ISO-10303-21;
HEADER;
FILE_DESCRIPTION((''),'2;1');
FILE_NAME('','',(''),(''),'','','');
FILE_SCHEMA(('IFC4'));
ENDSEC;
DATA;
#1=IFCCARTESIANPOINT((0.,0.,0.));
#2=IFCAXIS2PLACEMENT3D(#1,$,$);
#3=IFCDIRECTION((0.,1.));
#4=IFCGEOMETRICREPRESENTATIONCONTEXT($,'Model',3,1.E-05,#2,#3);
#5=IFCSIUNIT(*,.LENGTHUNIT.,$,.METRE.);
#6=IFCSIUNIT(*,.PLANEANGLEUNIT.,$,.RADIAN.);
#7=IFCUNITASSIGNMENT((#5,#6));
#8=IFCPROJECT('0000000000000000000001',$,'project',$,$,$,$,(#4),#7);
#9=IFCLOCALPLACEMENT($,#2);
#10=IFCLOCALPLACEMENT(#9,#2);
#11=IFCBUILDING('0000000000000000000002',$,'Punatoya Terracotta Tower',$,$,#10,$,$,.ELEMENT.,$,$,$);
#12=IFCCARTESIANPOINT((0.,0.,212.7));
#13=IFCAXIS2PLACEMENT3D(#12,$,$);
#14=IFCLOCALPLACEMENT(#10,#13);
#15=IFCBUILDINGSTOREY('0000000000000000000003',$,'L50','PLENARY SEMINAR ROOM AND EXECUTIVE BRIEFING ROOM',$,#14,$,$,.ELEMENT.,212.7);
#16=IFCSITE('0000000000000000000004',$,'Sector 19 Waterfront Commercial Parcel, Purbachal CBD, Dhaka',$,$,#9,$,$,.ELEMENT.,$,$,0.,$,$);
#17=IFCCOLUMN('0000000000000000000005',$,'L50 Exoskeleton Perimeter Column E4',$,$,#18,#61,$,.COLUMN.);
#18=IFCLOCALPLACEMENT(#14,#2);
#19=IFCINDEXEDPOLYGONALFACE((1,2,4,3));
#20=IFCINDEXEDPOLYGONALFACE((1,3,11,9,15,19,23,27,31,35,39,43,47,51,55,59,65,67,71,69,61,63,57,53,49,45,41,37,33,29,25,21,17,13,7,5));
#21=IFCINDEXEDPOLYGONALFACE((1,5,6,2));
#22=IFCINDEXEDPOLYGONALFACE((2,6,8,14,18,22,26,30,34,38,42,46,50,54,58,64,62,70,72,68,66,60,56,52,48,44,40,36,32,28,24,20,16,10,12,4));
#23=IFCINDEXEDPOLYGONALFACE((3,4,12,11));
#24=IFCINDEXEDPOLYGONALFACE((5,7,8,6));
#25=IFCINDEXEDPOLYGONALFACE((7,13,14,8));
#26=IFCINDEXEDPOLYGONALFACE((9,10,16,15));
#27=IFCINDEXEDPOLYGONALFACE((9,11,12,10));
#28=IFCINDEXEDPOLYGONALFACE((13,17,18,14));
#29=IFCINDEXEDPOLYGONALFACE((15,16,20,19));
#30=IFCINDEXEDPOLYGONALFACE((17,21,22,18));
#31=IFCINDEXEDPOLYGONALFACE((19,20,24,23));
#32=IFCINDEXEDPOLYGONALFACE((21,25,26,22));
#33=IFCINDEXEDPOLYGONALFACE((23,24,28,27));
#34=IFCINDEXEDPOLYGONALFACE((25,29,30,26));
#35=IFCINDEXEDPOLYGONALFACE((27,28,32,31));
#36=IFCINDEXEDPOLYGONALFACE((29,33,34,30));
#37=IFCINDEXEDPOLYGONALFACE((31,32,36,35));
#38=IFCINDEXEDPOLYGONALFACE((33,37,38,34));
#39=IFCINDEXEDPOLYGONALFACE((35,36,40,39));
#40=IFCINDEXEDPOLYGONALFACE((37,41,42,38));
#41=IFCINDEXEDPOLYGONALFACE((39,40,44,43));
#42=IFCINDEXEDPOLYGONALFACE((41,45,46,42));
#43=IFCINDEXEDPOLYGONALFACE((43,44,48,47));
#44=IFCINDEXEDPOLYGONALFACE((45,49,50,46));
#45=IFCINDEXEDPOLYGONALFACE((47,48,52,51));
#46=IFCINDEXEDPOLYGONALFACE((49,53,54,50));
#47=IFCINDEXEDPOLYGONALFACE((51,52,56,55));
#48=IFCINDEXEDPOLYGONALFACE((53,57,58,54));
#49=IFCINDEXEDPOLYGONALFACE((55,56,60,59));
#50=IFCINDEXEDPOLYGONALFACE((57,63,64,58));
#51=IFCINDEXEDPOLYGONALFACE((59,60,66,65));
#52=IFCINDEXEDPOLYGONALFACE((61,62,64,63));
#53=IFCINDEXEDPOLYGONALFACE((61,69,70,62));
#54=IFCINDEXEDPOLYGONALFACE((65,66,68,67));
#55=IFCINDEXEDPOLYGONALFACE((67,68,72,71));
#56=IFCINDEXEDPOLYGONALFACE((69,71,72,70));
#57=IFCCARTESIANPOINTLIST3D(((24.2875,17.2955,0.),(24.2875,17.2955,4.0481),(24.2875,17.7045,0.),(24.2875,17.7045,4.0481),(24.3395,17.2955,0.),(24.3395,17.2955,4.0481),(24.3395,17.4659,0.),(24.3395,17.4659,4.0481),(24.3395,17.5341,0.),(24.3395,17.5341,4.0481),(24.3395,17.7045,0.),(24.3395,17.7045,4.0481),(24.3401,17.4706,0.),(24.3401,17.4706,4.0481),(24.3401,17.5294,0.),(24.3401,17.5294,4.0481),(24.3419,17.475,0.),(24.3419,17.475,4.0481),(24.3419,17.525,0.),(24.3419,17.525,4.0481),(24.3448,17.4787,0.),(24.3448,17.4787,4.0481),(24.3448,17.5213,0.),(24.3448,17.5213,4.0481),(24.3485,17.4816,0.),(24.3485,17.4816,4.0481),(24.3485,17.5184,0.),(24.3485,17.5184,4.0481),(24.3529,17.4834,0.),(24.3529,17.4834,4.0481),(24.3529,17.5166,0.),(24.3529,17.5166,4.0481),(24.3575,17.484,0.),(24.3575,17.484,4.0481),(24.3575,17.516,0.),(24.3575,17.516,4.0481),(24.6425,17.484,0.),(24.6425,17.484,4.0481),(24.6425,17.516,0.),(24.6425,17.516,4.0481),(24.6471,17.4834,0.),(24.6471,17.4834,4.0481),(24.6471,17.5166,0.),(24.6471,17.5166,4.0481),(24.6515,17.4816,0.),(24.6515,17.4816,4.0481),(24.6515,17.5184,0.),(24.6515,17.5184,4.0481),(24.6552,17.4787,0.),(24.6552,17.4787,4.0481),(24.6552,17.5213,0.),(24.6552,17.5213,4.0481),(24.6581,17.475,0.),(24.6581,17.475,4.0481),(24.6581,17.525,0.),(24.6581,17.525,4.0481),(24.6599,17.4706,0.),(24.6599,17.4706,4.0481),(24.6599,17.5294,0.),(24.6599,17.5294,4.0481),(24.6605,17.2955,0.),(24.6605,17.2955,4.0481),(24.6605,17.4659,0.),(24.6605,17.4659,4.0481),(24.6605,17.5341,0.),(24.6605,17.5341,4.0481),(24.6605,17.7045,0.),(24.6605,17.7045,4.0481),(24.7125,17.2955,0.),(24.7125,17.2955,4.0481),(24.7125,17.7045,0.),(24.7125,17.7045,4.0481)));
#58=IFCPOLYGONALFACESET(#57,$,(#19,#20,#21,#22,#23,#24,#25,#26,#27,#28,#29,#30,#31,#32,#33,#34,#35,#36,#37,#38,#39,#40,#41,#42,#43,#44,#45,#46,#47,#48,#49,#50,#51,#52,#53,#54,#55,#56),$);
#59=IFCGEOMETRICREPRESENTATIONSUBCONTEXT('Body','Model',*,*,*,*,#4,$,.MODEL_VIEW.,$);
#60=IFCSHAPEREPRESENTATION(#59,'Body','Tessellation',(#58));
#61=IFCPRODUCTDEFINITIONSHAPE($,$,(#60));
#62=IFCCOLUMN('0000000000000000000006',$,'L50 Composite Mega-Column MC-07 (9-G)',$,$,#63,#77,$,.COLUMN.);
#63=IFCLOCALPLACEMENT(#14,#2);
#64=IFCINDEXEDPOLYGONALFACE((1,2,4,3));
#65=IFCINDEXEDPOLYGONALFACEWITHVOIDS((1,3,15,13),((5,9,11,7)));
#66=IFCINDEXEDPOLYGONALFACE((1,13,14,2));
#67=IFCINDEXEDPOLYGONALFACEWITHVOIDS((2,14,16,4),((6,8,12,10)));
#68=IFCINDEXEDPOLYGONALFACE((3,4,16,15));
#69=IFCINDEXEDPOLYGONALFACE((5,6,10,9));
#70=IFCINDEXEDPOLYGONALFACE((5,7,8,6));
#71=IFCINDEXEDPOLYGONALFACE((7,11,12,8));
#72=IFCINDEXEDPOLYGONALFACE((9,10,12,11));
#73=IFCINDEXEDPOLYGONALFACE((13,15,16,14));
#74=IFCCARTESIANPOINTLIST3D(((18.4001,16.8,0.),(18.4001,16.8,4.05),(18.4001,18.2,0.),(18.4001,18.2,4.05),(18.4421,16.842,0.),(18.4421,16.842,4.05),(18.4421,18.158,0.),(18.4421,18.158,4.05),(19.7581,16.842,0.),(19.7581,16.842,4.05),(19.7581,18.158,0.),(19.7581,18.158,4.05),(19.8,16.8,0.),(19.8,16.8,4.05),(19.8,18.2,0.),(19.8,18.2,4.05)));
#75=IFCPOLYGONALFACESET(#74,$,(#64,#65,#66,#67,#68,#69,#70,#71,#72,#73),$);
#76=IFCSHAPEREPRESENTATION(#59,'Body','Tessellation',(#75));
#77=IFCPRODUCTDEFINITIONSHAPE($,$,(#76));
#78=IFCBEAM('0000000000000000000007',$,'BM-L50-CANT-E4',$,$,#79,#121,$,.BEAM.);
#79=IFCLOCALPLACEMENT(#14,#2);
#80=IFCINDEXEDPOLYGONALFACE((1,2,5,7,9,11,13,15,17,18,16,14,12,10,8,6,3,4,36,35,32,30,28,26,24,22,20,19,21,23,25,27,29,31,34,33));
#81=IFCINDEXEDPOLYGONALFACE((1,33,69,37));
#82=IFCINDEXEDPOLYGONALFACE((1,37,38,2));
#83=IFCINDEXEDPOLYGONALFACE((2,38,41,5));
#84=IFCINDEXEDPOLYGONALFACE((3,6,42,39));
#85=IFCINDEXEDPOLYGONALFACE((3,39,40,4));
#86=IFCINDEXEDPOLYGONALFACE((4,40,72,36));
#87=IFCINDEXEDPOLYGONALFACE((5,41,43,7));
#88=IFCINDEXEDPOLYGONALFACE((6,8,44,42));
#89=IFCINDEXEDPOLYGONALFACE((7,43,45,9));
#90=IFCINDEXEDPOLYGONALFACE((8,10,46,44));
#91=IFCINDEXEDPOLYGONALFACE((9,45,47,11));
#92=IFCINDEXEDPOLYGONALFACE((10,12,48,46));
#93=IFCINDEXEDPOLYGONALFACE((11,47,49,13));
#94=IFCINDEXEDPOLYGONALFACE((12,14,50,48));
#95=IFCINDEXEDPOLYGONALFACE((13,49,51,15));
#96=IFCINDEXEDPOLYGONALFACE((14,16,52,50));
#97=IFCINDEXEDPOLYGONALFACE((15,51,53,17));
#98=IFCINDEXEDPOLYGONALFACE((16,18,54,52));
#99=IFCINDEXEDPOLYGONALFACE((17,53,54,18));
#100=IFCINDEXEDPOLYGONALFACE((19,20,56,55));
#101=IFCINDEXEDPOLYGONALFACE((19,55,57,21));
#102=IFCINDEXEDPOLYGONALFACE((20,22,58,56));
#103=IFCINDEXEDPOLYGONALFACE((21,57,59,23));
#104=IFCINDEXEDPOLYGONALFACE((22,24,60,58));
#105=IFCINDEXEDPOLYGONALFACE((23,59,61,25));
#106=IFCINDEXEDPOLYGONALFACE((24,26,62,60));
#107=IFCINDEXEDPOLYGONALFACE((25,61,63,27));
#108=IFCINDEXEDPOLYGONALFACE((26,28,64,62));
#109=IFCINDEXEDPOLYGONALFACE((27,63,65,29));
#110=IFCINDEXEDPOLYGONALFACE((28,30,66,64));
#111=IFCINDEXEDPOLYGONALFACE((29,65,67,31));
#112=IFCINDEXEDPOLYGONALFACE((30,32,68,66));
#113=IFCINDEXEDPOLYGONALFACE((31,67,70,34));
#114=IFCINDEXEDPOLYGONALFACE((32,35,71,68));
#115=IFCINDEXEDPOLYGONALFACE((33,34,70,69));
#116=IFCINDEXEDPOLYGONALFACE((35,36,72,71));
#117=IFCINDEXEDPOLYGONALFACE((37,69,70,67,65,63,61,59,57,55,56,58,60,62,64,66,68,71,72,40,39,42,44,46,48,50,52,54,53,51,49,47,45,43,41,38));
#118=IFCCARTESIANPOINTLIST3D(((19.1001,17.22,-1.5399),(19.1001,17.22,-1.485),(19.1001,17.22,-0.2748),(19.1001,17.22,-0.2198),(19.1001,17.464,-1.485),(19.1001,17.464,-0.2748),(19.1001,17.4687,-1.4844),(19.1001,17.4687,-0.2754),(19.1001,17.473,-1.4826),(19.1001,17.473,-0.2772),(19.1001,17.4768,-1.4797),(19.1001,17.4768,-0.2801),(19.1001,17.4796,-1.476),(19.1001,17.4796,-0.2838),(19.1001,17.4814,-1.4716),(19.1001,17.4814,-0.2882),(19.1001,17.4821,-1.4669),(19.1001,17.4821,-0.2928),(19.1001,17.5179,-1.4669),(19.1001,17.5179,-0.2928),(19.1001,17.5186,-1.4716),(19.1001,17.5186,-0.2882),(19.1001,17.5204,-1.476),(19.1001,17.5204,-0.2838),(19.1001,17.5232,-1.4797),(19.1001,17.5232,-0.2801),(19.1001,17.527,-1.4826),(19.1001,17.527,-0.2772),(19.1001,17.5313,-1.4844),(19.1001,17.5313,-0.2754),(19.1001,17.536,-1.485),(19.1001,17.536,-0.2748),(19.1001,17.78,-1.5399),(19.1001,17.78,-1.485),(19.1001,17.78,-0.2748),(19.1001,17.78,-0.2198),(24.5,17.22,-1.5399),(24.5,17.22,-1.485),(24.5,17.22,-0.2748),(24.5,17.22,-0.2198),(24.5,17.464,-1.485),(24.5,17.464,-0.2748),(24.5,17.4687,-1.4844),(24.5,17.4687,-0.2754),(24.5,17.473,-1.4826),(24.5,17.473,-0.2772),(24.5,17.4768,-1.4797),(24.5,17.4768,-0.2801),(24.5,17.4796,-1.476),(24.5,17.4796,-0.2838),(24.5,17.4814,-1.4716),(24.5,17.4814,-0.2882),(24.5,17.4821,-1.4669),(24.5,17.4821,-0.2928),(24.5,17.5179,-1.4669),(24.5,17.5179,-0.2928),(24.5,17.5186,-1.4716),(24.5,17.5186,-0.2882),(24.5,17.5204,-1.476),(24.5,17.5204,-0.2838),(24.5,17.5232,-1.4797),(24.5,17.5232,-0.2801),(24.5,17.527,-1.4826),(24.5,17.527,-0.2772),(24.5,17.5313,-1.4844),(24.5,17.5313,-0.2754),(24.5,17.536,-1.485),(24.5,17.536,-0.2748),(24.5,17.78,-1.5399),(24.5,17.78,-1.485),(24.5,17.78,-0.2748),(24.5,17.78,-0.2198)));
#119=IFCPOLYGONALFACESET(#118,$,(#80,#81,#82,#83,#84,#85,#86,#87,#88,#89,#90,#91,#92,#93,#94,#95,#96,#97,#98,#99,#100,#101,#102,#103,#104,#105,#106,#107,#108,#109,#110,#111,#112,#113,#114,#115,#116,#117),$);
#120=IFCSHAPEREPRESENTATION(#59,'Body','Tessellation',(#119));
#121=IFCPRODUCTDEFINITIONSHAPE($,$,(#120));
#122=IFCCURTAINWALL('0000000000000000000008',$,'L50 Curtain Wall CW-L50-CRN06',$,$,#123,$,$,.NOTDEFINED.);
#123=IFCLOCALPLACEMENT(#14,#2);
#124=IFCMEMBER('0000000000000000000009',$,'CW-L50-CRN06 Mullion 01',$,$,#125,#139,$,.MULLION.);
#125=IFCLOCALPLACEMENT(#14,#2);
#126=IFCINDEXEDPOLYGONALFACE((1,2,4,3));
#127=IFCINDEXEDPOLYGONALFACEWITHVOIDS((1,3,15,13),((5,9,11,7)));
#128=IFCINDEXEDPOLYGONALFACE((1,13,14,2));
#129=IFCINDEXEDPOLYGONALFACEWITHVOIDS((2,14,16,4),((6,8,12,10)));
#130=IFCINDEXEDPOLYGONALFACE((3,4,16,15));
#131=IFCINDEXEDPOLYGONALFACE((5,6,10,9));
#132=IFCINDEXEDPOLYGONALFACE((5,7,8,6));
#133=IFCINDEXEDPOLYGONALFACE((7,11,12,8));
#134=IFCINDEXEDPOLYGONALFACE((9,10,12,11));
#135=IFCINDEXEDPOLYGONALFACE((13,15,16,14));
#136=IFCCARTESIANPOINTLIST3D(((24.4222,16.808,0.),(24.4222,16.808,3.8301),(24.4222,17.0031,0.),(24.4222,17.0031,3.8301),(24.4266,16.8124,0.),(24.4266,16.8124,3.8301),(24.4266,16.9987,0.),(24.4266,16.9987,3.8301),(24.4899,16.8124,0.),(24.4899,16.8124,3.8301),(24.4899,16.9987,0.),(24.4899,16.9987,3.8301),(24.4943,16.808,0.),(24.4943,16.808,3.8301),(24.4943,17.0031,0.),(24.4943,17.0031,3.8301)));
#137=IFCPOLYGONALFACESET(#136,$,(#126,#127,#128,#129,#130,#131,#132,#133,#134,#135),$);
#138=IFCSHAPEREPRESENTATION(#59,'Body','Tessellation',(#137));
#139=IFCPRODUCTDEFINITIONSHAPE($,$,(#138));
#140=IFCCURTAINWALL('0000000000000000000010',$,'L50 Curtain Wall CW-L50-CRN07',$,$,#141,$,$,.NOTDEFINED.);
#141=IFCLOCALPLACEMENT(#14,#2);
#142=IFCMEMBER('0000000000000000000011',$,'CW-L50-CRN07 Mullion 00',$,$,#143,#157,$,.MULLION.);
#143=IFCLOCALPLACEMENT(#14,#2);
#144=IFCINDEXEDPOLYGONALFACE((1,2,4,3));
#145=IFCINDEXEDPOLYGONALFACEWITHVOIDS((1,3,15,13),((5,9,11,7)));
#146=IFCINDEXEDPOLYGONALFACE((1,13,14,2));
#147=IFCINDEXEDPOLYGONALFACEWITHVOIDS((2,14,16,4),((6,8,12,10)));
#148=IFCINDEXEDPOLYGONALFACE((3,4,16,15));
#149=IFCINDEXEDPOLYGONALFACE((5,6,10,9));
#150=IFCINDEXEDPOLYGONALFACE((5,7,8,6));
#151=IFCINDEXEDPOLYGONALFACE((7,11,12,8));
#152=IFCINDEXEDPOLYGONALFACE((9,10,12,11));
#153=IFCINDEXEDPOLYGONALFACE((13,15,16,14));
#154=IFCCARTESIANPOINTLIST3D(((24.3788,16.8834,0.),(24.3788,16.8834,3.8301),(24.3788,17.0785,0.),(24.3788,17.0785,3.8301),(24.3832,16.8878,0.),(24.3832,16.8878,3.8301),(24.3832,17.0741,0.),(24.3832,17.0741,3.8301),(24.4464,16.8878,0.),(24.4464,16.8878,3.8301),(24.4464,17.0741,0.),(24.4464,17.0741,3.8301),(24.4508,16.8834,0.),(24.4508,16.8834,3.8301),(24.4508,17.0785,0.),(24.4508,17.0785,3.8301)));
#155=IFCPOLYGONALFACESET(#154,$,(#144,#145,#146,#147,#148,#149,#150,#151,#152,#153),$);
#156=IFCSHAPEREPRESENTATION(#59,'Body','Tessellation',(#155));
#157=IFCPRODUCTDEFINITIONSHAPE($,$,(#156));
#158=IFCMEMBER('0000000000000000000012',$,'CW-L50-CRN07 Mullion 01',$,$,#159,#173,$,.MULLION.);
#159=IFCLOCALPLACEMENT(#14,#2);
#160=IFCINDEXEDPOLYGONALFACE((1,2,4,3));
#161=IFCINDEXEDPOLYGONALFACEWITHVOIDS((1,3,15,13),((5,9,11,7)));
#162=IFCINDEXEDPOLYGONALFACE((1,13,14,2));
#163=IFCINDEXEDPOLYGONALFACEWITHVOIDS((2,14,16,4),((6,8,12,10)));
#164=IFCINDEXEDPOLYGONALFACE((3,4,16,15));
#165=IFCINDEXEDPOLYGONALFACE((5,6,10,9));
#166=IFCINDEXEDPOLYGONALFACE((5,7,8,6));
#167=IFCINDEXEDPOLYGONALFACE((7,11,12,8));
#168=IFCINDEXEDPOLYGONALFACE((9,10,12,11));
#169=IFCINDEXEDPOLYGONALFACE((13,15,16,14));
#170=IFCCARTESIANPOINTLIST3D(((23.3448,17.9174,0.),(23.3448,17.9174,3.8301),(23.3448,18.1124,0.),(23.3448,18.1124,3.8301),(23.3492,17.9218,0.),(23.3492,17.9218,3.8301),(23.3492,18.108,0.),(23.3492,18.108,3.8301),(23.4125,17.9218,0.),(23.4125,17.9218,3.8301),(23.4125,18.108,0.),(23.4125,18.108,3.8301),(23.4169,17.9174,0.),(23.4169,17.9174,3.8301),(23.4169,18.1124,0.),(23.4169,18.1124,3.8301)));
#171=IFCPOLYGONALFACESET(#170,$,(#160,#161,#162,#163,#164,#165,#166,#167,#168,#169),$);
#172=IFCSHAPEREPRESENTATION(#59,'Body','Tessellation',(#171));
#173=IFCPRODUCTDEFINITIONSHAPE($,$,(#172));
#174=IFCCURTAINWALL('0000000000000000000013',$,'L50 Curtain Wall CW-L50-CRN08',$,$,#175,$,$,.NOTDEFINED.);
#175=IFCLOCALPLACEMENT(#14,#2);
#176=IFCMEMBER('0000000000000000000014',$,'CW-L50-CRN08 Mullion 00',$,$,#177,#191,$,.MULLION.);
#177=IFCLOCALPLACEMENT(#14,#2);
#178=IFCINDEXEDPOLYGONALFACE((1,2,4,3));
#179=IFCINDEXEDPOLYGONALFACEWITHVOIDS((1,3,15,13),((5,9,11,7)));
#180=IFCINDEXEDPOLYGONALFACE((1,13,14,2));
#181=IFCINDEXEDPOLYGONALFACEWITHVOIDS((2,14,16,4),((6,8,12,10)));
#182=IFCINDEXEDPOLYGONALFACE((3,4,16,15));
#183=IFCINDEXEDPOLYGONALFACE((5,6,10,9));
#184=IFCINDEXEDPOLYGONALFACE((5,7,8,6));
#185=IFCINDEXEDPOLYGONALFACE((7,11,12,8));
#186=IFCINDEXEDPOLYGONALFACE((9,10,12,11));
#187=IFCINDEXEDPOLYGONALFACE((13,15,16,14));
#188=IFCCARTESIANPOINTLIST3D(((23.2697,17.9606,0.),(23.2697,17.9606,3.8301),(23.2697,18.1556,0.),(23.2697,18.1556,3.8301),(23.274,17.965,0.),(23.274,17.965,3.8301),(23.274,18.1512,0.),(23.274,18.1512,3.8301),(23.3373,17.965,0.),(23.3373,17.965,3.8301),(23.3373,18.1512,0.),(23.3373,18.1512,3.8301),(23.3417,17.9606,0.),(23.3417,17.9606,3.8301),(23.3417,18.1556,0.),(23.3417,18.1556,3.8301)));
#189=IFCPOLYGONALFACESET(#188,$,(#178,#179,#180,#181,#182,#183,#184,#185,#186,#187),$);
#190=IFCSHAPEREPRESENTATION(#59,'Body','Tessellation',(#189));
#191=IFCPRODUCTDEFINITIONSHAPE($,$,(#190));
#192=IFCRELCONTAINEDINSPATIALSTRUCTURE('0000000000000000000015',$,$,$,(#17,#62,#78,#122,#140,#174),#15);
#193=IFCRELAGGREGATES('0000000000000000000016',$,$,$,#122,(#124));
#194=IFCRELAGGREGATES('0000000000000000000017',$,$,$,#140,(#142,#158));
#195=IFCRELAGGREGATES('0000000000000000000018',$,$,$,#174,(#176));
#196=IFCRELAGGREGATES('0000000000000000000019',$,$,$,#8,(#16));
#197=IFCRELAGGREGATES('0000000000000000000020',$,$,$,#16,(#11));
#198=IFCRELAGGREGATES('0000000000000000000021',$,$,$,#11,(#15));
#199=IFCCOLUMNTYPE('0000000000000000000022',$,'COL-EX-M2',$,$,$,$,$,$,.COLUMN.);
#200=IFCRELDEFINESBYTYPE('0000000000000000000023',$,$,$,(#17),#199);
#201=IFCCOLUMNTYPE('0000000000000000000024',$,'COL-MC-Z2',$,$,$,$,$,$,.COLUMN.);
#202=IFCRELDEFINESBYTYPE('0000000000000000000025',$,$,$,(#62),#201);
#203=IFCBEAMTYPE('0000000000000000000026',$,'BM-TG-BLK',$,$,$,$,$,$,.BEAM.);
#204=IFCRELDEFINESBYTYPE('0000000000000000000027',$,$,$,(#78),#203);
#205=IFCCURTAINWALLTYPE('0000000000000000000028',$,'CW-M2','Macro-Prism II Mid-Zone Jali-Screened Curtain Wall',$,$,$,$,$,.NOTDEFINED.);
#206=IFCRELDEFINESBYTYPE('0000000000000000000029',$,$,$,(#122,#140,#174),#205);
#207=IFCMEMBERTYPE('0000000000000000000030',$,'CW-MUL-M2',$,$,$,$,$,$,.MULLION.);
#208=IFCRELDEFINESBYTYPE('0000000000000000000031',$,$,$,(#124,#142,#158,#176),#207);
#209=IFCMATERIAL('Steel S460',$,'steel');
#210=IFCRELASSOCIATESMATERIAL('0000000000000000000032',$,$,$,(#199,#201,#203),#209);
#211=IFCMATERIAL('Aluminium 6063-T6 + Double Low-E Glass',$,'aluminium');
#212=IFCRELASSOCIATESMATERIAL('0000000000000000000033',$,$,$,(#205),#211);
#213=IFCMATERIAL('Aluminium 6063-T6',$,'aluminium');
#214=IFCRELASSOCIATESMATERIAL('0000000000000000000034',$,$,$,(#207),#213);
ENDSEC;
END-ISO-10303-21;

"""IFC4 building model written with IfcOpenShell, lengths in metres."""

from ifc_helpers import new_model, si_unit, direction, frame, origin, origin_2d, place, context, subcontext, project, spatial, hollow_rectangle, i_section, extrude, material, material_profile, profile_set, type_object, element, aggregate, save


model = new_model("IFC4")

# Units and contexts
model_context = context("Model", 3, precision=1e-05, world=origin(), true_north=direction((0.0, 1.0)))
body_context = subcontext(model_context, "Body", "Model", "MODEL_VIEW")
ifc_project = project(units=[si_unit("LENGTHUNIT", "METRE"), si_unit("PLANEANGLEUNIT", "RADIAN")], contexts=[model_context])

# Site, building, storey
site_placement = place(None, origin())
site = spatial("IfcSite", under=ifc_project, at=site_placement, Name="Sector 19 Waterfront Commercial Parcel, Purbachal CBD, Dhaka", CompositionType="ELEMENT", RefElevation=0.0)
building_placement = place(site_placement, origin())
building = spatial("IfcBuilding", under=site, at=building_placement, Name="Punatoya Terracotta Tower", CompositionType="ELEMENT")
storey_placement = place(building_placement, frame((0.0, 0.0, 212.7)))
storey = spatial("IfcBuildingStorey", under=building, at=storey_placement, Name="L50", Description="PLENARY SEMINAR ROOM AND EXECUTIVE BRIEFING ROOM", CompositionType="ELEMENT", Elevation=212.7)

# Columns
ifc_material_1 = material(Name="Steel S460", Category="steel")
ifc_material_profile_1 = material_profile(ifc_material_1, i_section(OverallWidth=0.4089, OverallDepth=0.425, WebThickness=0.032, FlangeThickness=0.052, FilletRadius=0.0181, at=origin_2d()))
ifc_profile_set_1 = profile_set([ifc_material_profile_1], Name="Steel S460")
column_type_1 = type_object("IfcColumnType", Name="COL-EX-M2", PredefinedType="COLUMN", material=ifc_profile_set_1)
column_1_placement = place(storey_placement, frame((24.5, 17.5, 0.0), z_axis=(0.0, 0.0, 1.0), x_axis=(0.0, 1.0, 0.0)))
element("IfcColumn", 1, at=column_1_placement, inside=storey, type_object=column_type_1, Name="L50 Exoskeleton Perimeter Column E4", PredefinedType="COLUMN", context=body_context, shape_type="SweptSolid", body=[
    extrude(i_section(OverallWidth=0.4089, OverallDepth=0.425, WebThickness=0.032, FlangeThickness=0.052, FilletRadius=0.0181, at=origin_2d()), origin(), (0.0, 0.0, 1.0), 4.0481),
])
ifc_material_profile_2 = material_profile(ifc_material_1, hollow_rectangle(XDim=1.3999, YDim=1.3999, WallThickness=0.042, at=origin_2d()))
ifc_profile_set_2 = profile_set([ifc_material_profile_2], Name="Steel S460")
column_type_2 = type_object("IfcColumnType", Name="COL-MC-Z2", PredefinedType="COLUMN", material=ifc_profile_set_2)
column_2_placement = place(storey_placement, frame((19.1001, 17.5, 0.0), z_axis=(0.0, 0.0, 1.0), x_axis=(1.0, 0.0, 0.0)))
element("IfcColumn", 2, at=column_2_placement, inside=storey, type_object=column_type_2, Name="L50 Composite Mega-Column MC-07 (9-G)", PredefinedType="COLUMN", context=body_context, shape_type="SweptSolid", body=[
    extrude(hollow_rectangle(XDim=1.3999, YDim=1.3999, WallThickness=0.042, at=origin_2d()), origin(), (0.0, 0.0, 1.0), 4.05),
])

# Beam
ifc_material_profile_3 = material_profile(ifc_material_1, i_section(OverallWidth=0.5601, OverallDepth=1.3201, WebThickness=0.0359, FlangeThickness=0.0549, FilletRadius=0.0181, at=origin_2d()))
ifc_profile_set_3 = profile_set([ifc_material_profile_3], Name="Steel S460")
beam_type = type_object("IfcBeamType", Name="BM-TG-BLK", PredefinedType="BEAM", material=ifc_profile_set_3)
beam_placement = place(storey_placement, frame((19.1001, 17.5, -0.8799), z_axis=(1.0, 0.0, 0.0), x_axis=(0.0, 1.0, 0.0)))
element("IfcBeam", 3, at=beam_placement, inside=storey, type_object=beam_type, Name="BM-L50-CANT-E4", PredefinedType="BEAM", context=body_context, shape_type="SweptSolid", body=[
    extrude(i_section(OverallWidth=0.5601, OverallDepth=1.3201, WebThickness=0.0359, FlangeThickness=0.0549, FilletRadius=0.0181, at=origin_2d()), origin(), (0.0, 0.0, 1.0), 5.3999),
])

# Curtain wall, member
ifc_material_2 = material(Name="Aluminium 6063-T6 + Double Low-E Glass", Category="aluminium")
curtain_wall_type = type_object("IfcCurtainWallType", Name="CW-M2", Description="Macro-Prism II Mid-Zone Jali-Screened Curtain Wall", PredefinedType="NOTDEFINED", material=ifc_material_2)
curtain_wall_1_placement = place(storey_placement, origin())
curtain_wall_1 = element("IfcCurtainWall", 4, at=curtain_wall_1_placement, inside=storey, type_object=curtain_wall_type, Name="L50 Curtain Wall CW-L50-CRN06", PredefinedType="NOTDEFINED")
ifc_material_3 = material(Name="Aluminium 6063-T6", Category="aluminium")
ifc_material_profile_4 = material_profile(ifc_material_3, hollow_rectangle(XDim=0.072, YDim=0.1951, WallThickness=0.0044, at=origin_2d()))
ifc_profile_set_4 = profile_set([ifc_material_profile_4], Name="Aluminium 6063-T6")
member_type_1 = type_object("IfcMemberType", Name="CW-MUL-M2", PredefinedType="MULLION", material=ifc_profile_set_4)
member_1_placement = place(storey_placement, frame((24.4583, 16.9055, 0.0), z_axis=(0.0, 0.0, 1.0), x_axis=(1.0, 0.0, 0.0)))
member_1 = element("IfcMember", 5, at=member_1_placement, type_object=member_type_1, Name="CW-L50-CRN06 Mullion 01", PredefinedType="MULLION", context=body_context, shape_type="SweptSolid", body=[
    extrude(hollow_rectangle(XDim=0.072, YDim=0.1951, WallThickness=0.0044, at=origin_2d()), origin(), (0.0, 0.0, 1.0), 3.8301),
])
aggregate(curtain_wall_1, [member_1])

# Curtain walls, members
curtain_wall_2_placement = place(storey_placement, origin())
curtain_wall_2 = element("IfcCurtainWall", 6, at=curtain_wall_2_placement, inside=storey, type_object=curtain_wall_type, Name="L50 Curtain Wall CW-L50-CRN07", PredefinedType="NOTDEFINED")
member_2_placement = place(storey_placement, frame((24.4148, 16.981, 0.0), z_axis=(0.0, 0.0, 1.0), x_axis=(1.0, 0.0, 0.0)))
member_2 = element("IfcMember", 7, at=member_2_placement, type_object=member_type_1, Name="CW-L50-CRN07 Mullion 00", PredefinedType="MULLION", context=body_context, shape_type="SweptSolid", body=[
    extrude(hollow_rectangle(XDim=0.072, YDim=0.1951, WallThickness=0.0044, at=origin_2d()), origin(), (0.0, 0.0, 1.0), 3.8301),
])
member_3_placement = place(storey_placement, frame((23.3809, 18.0149, 0.0), z_axis=(0.0, 0.0, 1.0), x_axis=(1.0, 0.0, 0.0)))
member_3 = element("IfcMember", 8, at=member_3_placement, type_object=member_type_1, Name="CW-L50-CRN07 Mullion 01", PredefinedType="MULLION", context=body_context, shape_type="SweptSolid", body=[
    extrude(hollow_rectangle(XDim=0.072, YDim=0.1951, WallThickness=0.0044, at=origin_2d()), origin(), (0.0, 0.0, 1.0), 3.8301),
])
curtain_wall_3_placement = place(storey_placement, origin())
curtain_wall_3 = element("IfcCurtainWall", 9, at=curtain_wall_3_placement, inside=storey, type_object=curtain_wall_type, Name="L50 Curtain Wall CW-L50-CRN08", PredefinedType="NOTDEFINED")
member_4_placement = place(storey_placement, frame((23.3057, 18.0581, 0.0), z_axis=(0.0, 0.0, 1.0), x_axis=(1.0, 0.0, 0.0)))
member_4 = element("IfcMember", 10, at=member_4_placement, type_object=member_type_1, Name="CW-L50-CRN08 Mullion 00", PredefinedType="MULLION", context=body_context, shape_type="SweptSolid", body=[
    extrude(hollow_rectangle(XDim=0.072, YDim=0.1951, WallThickness=0.0044, at=origin_2d()), origin(), (0.0, 0.0, 1.0), 3.8301),
])

aggregate(curtain_wall_2, [member_2, member_3])
aggregate(curtain_wall_3, [member_4])

save(model, "model.ifc")
